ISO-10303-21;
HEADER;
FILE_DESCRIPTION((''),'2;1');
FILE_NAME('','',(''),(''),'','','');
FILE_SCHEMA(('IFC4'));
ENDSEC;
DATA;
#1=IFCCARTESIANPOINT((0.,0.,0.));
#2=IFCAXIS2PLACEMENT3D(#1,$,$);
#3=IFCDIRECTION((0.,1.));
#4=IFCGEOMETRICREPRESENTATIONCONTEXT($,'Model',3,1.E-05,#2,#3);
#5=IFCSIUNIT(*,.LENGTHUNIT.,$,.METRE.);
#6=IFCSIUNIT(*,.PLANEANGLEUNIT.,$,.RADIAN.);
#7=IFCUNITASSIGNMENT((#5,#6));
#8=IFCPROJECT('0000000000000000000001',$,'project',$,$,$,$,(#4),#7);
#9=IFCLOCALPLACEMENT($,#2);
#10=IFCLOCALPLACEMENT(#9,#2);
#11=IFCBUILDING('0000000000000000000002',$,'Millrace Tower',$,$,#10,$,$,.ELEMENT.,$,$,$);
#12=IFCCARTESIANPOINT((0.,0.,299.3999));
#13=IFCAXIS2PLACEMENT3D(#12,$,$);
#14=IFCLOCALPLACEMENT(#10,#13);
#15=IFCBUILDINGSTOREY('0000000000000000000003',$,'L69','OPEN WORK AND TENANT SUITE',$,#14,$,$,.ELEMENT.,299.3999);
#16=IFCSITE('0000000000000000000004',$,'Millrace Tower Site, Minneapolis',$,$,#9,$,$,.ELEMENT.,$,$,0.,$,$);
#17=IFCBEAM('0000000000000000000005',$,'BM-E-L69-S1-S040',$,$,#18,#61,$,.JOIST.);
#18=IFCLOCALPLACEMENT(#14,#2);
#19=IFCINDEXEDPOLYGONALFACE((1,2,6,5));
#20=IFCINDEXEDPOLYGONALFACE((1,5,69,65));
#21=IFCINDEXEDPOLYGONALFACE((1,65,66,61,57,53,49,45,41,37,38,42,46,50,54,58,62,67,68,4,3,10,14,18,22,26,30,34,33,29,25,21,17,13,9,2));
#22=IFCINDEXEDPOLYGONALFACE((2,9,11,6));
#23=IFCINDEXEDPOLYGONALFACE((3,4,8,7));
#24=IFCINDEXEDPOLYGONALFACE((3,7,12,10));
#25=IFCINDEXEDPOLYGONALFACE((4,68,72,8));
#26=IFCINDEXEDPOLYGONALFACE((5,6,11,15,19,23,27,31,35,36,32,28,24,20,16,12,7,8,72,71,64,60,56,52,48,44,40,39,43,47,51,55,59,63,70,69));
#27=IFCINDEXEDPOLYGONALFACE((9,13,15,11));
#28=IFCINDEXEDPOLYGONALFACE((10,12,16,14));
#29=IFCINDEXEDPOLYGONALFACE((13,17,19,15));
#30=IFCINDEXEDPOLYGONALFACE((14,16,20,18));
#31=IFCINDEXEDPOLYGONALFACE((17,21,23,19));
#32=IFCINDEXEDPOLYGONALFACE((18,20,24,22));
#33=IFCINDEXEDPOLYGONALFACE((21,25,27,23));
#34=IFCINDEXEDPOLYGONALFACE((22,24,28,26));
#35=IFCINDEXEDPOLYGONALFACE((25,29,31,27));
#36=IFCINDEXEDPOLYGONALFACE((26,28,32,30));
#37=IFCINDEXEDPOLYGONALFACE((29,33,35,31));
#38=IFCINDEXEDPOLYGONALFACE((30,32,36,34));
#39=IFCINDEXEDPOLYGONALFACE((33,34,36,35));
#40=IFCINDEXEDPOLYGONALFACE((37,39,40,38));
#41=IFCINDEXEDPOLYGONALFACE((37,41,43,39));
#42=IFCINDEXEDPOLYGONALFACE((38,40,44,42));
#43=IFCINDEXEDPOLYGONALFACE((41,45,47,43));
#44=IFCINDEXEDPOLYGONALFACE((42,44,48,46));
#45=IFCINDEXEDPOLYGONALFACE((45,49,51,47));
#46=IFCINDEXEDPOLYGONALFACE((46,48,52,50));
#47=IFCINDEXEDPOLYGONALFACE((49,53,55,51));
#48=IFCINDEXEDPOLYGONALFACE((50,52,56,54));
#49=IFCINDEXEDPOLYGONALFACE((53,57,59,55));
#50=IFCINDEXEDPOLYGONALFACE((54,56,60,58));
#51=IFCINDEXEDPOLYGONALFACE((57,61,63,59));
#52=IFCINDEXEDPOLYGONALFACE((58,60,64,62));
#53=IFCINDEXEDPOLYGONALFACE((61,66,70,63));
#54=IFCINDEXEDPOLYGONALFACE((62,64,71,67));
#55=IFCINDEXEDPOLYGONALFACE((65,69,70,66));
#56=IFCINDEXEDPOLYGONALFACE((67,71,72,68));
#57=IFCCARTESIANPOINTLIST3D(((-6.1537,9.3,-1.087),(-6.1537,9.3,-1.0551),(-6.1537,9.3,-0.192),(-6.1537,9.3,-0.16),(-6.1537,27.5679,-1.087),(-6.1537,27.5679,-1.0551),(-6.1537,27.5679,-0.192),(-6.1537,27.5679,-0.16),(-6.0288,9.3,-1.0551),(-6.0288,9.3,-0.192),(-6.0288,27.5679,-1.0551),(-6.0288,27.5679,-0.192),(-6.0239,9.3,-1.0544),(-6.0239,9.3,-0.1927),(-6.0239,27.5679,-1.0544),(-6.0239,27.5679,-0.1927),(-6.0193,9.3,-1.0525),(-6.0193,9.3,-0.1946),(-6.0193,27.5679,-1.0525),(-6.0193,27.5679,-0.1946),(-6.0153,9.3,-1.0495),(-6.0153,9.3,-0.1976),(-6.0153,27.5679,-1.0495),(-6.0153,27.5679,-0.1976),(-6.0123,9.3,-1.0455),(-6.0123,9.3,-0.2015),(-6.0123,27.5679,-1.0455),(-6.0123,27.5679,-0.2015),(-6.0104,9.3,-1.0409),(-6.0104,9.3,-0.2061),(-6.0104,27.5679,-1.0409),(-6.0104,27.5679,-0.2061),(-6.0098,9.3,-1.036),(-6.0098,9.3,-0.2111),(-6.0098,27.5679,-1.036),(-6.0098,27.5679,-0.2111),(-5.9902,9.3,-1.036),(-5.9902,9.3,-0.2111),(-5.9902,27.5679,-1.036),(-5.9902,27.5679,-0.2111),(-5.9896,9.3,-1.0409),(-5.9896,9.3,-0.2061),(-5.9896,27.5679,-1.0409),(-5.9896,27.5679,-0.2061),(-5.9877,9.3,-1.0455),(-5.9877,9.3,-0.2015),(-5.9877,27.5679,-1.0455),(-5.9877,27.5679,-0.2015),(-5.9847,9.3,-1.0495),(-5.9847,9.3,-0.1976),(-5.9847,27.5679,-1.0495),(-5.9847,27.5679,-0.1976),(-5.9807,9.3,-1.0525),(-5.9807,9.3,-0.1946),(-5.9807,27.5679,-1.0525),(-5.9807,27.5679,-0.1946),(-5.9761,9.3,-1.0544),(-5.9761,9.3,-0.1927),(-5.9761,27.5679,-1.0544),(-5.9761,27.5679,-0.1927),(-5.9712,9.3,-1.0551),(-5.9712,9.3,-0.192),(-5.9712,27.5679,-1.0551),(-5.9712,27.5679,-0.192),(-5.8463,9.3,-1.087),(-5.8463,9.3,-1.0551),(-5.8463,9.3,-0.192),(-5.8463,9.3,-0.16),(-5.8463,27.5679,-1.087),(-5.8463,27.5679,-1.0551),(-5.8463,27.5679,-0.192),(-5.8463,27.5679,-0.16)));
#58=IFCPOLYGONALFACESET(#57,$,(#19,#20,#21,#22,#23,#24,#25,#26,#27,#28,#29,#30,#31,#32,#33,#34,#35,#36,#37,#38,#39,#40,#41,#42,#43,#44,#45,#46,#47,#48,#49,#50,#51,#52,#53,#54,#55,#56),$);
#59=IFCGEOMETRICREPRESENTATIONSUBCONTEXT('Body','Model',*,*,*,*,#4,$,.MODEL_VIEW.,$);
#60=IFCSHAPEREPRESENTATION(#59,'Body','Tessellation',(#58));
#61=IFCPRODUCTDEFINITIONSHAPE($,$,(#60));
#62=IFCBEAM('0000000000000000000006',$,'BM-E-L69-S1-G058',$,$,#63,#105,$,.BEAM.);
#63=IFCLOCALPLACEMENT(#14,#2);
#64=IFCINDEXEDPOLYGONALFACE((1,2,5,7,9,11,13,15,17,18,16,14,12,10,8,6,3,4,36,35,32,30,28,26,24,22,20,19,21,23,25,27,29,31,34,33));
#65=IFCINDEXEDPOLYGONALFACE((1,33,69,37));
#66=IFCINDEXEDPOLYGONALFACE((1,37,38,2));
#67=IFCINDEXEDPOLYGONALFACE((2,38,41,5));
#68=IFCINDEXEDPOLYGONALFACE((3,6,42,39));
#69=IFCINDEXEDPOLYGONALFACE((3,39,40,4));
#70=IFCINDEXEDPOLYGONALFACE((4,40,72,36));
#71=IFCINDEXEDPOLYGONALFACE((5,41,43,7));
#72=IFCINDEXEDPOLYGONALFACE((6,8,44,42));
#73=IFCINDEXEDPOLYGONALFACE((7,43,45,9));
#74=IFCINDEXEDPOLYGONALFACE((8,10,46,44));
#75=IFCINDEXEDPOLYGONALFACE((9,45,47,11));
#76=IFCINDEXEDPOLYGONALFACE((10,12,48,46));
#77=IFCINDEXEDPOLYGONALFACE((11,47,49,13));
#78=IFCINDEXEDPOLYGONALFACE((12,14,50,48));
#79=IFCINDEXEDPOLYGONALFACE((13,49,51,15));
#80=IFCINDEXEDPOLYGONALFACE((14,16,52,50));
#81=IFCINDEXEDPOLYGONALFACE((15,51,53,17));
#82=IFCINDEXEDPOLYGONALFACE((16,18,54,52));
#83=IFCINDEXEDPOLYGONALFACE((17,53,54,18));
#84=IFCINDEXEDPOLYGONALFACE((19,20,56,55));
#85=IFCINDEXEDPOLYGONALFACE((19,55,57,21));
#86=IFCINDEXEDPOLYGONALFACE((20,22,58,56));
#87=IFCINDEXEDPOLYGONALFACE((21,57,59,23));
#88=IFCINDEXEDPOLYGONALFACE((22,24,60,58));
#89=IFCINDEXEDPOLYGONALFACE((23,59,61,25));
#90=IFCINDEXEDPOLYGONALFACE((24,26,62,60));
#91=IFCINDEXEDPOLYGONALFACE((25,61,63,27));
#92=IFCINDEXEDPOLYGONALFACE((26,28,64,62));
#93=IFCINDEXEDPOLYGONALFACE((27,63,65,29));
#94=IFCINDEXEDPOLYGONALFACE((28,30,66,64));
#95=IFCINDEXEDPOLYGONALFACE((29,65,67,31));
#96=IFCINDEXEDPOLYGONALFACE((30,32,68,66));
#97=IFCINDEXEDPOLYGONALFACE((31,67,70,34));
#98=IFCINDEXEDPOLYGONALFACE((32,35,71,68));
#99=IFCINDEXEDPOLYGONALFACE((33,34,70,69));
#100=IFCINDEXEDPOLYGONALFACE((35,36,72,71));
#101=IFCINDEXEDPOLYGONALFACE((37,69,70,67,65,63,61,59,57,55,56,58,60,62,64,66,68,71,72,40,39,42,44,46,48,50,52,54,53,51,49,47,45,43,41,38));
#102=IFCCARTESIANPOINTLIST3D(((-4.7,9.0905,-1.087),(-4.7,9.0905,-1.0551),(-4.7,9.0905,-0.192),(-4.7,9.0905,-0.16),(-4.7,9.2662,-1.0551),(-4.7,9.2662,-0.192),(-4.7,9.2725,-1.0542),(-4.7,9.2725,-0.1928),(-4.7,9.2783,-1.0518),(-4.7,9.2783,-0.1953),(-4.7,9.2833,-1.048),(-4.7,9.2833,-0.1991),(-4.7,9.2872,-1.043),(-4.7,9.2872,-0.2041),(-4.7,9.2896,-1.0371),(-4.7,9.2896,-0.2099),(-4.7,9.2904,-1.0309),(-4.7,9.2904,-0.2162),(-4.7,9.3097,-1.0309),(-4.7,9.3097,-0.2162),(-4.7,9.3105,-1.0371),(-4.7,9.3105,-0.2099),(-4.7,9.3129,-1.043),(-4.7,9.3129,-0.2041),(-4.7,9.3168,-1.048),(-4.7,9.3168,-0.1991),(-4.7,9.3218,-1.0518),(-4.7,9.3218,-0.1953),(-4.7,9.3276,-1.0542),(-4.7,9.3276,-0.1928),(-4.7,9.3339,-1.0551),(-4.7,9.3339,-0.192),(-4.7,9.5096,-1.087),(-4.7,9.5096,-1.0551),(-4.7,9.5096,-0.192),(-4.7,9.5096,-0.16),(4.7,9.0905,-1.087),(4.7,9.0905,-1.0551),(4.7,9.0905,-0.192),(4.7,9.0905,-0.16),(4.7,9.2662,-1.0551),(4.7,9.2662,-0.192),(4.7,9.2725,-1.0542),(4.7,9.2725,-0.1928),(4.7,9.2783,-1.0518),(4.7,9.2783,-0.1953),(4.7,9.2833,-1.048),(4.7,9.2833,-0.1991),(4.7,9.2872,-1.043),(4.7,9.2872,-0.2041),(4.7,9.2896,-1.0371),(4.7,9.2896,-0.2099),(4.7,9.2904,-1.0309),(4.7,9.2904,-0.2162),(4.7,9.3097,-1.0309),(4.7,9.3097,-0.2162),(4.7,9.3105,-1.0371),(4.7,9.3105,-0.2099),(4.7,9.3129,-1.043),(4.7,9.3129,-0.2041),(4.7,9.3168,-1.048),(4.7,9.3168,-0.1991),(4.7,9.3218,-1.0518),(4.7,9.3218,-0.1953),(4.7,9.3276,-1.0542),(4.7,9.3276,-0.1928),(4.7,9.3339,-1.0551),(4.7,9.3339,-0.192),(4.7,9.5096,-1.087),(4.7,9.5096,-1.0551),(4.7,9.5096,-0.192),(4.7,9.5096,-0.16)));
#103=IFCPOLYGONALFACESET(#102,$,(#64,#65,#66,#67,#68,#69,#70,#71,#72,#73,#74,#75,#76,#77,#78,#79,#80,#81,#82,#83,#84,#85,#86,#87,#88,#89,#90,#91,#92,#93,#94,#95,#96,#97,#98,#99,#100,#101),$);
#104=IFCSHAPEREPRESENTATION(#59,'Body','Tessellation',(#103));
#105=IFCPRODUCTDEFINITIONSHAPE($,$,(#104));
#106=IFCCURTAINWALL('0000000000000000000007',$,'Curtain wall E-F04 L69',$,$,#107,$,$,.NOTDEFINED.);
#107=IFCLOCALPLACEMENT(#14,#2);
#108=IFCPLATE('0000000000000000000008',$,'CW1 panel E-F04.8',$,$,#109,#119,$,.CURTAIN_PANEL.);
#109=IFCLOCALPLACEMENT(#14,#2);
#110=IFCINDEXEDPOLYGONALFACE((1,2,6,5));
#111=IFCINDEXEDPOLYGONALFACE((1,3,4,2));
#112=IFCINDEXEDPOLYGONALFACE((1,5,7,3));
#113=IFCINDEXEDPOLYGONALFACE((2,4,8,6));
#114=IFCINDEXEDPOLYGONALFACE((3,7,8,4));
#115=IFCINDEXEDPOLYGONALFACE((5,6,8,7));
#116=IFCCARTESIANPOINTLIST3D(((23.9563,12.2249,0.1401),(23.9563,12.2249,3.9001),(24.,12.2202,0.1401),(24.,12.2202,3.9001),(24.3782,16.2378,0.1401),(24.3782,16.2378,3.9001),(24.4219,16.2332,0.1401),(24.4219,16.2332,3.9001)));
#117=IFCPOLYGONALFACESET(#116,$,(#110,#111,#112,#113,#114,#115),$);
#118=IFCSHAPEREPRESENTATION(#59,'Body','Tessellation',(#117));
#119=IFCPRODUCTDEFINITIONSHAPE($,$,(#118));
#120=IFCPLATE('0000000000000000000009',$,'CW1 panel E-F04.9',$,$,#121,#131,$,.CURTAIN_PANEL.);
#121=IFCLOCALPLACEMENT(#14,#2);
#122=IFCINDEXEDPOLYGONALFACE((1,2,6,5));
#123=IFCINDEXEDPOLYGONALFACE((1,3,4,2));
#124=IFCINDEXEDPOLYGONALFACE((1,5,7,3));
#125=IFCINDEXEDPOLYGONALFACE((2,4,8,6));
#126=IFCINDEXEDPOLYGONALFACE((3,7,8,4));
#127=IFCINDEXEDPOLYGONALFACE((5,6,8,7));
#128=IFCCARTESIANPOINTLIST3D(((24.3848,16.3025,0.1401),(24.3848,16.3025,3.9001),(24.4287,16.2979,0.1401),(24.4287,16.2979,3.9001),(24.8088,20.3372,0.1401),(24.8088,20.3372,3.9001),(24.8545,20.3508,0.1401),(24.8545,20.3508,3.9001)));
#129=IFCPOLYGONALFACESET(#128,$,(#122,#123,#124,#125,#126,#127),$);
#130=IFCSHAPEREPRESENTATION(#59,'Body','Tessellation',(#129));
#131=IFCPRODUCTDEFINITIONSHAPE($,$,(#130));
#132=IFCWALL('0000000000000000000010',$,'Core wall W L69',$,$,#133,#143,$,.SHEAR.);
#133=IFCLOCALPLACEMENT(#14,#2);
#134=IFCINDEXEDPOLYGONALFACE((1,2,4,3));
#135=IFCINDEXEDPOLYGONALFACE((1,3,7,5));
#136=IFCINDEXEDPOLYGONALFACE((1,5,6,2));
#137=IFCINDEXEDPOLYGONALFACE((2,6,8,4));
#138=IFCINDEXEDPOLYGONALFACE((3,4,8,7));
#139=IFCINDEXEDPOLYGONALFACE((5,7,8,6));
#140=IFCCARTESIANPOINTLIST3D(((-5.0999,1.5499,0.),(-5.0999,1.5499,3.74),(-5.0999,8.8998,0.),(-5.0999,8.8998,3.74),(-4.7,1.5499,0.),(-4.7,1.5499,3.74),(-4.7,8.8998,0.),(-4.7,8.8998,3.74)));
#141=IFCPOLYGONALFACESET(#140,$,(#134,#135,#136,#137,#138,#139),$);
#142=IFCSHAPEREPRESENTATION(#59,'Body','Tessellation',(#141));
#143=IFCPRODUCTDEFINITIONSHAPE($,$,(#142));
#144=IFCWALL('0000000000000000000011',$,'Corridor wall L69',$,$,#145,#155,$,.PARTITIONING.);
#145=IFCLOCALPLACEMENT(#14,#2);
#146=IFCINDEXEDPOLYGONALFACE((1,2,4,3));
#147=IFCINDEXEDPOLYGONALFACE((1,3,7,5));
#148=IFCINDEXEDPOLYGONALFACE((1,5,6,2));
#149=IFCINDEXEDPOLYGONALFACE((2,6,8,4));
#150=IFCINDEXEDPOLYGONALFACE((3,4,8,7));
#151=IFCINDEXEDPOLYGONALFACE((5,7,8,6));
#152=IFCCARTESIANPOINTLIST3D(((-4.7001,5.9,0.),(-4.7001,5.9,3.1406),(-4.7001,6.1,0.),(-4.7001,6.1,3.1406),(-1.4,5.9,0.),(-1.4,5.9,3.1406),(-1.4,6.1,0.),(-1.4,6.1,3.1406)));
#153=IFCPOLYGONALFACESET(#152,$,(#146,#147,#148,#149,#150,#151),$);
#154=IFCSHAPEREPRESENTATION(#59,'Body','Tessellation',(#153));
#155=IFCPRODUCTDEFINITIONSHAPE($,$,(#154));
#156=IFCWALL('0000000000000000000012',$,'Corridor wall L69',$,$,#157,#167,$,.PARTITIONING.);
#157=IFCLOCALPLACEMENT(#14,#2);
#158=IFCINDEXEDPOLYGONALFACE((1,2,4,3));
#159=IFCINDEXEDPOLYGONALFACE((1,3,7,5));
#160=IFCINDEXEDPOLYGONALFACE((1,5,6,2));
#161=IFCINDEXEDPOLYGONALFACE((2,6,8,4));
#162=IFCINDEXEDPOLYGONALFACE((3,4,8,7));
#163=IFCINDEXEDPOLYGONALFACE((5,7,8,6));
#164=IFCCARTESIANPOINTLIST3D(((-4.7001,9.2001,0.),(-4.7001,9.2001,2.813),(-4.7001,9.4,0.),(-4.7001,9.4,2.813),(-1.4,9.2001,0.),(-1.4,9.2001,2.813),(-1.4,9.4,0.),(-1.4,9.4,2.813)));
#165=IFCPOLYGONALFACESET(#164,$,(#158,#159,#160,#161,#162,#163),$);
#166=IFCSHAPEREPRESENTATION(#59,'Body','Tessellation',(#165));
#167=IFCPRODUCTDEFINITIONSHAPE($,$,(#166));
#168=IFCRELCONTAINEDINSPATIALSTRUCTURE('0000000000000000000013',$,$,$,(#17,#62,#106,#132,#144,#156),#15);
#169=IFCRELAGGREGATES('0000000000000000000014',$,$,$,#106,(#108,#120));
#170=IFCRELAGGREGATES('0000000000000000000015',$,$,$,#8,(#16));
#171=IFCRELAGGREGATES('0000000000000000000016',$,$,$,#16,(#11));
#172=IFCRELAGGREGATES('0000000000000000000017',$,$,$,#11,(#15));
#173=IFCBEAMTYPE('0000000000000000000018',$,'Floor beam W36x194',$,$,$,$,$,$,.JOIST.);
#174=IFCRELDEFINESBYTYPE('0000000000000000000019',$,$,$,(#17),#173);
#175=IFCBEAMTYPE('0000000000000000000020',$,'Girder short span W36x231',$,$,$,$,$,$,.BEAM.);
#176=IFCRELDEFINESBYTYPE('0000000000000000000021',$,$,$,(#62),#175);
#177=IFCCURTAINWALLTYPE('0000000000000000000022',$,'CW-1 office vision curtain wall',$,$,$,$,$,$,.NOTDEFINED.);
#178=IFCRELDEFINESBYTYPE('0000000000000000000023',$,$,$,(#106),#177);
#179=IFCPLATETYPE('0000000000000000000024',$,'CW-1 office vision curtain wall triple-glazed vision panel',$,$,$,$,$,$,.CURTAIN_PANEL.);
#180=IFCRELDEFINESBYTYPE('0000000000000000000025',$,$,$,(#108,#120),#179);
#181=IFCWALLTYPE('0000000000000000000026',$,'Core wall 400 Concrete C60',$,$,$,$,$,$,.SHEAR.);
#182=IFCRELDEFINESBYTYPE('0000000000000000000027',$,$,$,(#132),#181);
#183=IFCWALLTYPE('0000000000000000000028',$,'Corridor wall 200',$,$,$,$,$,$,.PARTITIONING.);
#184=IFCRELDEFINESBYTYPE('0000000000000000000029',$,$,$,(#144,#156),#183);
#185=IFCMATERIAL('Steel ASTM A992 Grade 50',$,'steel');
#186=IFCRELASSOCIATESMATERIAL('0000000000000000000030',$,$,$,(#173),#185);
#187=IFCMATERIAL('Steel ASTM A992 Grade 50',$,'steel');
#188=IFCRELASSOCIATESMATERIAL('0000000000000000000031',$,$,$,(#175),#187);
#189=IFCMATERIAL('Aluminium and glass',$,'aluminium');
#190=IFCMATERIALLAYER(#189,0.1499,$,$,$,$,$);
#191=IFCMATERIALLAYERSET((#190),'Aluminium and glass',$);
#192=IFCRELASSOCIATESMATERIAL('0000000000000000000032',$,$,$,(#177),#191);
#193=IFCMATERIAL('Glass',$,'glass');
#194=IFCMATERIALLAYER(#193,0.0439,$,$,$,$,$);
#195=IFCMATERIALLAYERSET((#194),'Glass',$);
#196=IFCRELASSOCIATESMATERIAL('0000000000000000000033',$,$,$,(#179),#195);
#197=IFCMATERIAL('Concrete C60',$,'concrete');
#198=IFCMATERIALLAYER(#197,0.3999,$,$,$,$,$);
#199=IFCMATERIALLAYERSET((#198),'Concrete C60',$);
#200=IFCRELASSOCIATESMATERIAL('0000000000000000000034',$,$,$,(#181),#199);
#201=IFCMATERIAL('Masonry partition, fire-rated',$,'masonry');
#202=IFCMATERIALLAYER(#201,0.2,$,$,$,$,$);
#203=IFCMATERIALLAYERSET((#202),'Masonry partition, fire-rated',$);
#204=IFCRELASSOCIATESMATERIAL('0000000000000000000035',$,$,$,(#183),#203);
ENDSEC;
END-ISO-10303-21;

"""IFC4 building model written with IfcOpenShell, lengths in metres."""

from ifc_helpers import new_model, si_unit, direction, frame, frame_2d, origin, origin_2d, place, context, subcontext, project, spatial, polyline, rectangle, i_section, outline, extrude, material, layer, layer_set, material_profile, profile_set, type_object, element, aggregate, save


model = new_model("IFC4")

# Units and contexts
model_context = context("Model", 3, precision=1e-05, world=origin(), true_north=direction((0.0, 1.0)))
body_context = subcontext(model_context, "Body", "Model", "MODEL_VIEW")
ifc_project = project(units=[si_unit("LENGTHUNIT", "METRE"), si_unit("PLANEANGLEUNIT", "RADIAN")], contexts=[model_context])

# Site, building, storey
site_placement = place(None, origin())
site = spatial("IfcSite", under=ifc_project, at=site_placement, Name="Millrace Tower Site, Minneapolis", CompositionType="ELEMENT", RefElevation=0.0)
building_placement = place(site_placement, origin())
building = spatial("IfcBuilding", under=site, at=building_placement, Name="Millrace Tower", CompositionType="ELEMENT")
storey_placement = place(building_placement, frame((0.0, 0.0, 299.3999)))
storey = spatial("IfcBuildingStorey", under=building, at=storey_placement, Name="L69", Description="OPEN WORK AND TENANT SUITE", CompositionType="ELEMENT", Elevation=299.3999)

# Beams
ifc_material_1 = material(Name="Steel ASTM A992 Grade 50", Category="steel")
ifc_material_profile_1 = material_profile(ifc_material_1, i_section(OverallWidth=0.3074, OverallDepth=0.927, WebThickness=0.0195, FlangeThickness=0.032, FilletRadius=0.019, at=origin_2d()))
ifc_profile_set_1 = profile_set([ifc_material_profile_1], Name="Steel ASTM A992 Grade 50")
beam_type_1 = type_object("IfcBeamType", Name="Floor beam W36x194", PredefinedType="JOIST", material=ifc_profile_set_1)
beam_1_placement = place(storey_placement, frame((-6.0, 9.3, -0.6235), z_axis=(0.0, 1.0, 0.0), x_axis=(-1.0, 0.0, 0.0)))
element("IfcBeam", 1, at=beam_1_placement, inside=storey, type_object=beam_type_1, Name="BM-E-L69-S1-S040", PredefinedType="JOIST", context=body_context, shape_type="SweptSolid", body=[
    extrude(i_section(OverallWidth=0.3074, OverallDepth=0.927, WebThickness=0.0195, FlangeThickness=0.032, FilletRadius=0.019, at=origin_2d()), origin(), (0.0, 0.0, 1.0), 18.2678),
])
ifc_material_2 = material(Name="Steel ASTM A992 Grade 50", Category="steel")
ifc_material_profile_2 = material_profile(ifc_material_2, i_section(OverallWidth=0.4192, OverallDepth=0.927, WebThickness=0.0193, FlangeThickness=0.032, FilletRadius=0.0242, at=origin_2d()))
ifc_profile_set_2 = profile_set([ifc_material_profile_2], Name="Steel ASTM A992 Grade 50")
beam_type_2 = type_object("IfcBeamType", Name="Girder short span W36x231", PredefinedType="BEAM", material=ifc_profile_set_2)
beam_2_placement = place(storey_placement, frame((-4.7, 9.3, -0.6235), z_axis=(1.0, 0.0, 0.0), x_axis=(0.0, 1.0, 0.0)))
element("IfcBeam", 2, at=beam_2_placement, inside=storey, type_object=beam_type_2, Name="BM-E-L69-S1-G058", PredefinedType="BEAM", context=body_context, shape_type="SweptSolid", body=[
    extrude(i_section(OverallWidth=0.4192, OverallDepth=0.927, WebThickness=0.0193, FlangeThickness=0.032, FilletRadius=0.0242, at=origin_2d()), origin(), (0.0, 0.0, 1.0), 9.3999),
])

# Curtain wall, plates
ifc_material_3 = material(Name="Aluminium and glass", Category="aluminium")
ifc_layer_1 = layer(ifc_material_3, 0.1499)
ifc_layer_set_1 = layer_set([ifc_layer_1], Name="Aluminium and glass")
curtain_wall_type = type_object("IfcCurtainWallType", Name="CW-1 office vision curtain wall", PredefinedType="NOTDEFINED", material=ifc_layer_set_1)
placement_1 = place(storey_placement, origin())
curtain_wall = element("IfcCurtainWall", 3, at=placement_1, inside=storey, type_object=curtain_wall_type, Name="Curtain wall E-F04 L69", PredefinedType="NOTDEFINED")
ifc_material_4 = material(Name="Glass", Category="glass")
ifc_layer_2 = layer(ifc_material_4, 0.0439)
ifc_layer_set_2 = layer_set([ifc_layer_2], Name="Glass")
plate_type = type_object("IfcPlateType", Name="CW-1 office vision curtain wall triple-glazed vision panel", PredefinedType="CURTAIN_PANEL", material=ifc_layer_set_2)
placement_2 = place(storey_placement, frame((0.0, 0.0, 0.1401)))
plate_1 = element("IfcPlate", 4, at=placement_2, type_object=plate_type, Name="CW1 panel E-F04.8", PredefinedType="CURTAIN_PANEL", context=body_context, shape_type="SweptSolid", body=[
    extrude(outline(polyline([(24.0, 12.2202), (24.4219, 16.2332), (24.3782, 16.2378), (23.9563, 12.2249), (24.0, 12.2202)])), origin(), (0.0, 0.0, 1.0), 3.76),
])
plate_2 = element("IfcPlate", 5, at=placement_2, type_object=plate_type, Name="CW1 panel E-F04.9", PredefinedType="CURTAIN_PANEL", context=body_context, shape_type="SweptSolid", body=[
    extrude(outline(polyline([(24.4287, 16.2979), (24.8545, 20.3508), (24.8088, 20.3372), (24.3848, 16.3025), (24.4287, 16.2979)])), origin(), (0.0, 0.0, 1.0), 3.76),
])
aggregate(curtain_wall, [plate_1, plate_2])

# Walls
ifc_material_5 = material(Name="Concrete C60", Category="concrete")
ifc_layer_3 = layer(ifc_material_5, 0.3999)
ifc_layer_set_3 = layer_set([ifc_layer_3], Name="Concrete C60")
wall_type_1 = type_object("IfcWallType", Name="Core wall 400 Concrete C60", PredefinedType="SHEAR", material=ifc_layer_set_3)
wall_1_placement = place(storey_placement, frame((-4.8999, 1.55, 0.0), z_axis=(0.0, 0.0, 1.0), x_axis=(0.0, 1.0, 0.0)))
element("IfcWall", 6, at=wall_1_placement, inside=storey, type_object=wall_type_1, Name="Core wall W L69", PredefinedType="SHEAR", context=body_context, shape_type="SweptSolid", body=[
    extrude(rectangle(XDim=7.3499, YDim=0.3999, at=frame_2d((3.6748, 0.0))), origin(), (0.0, 0.0, 1.0), 3.74),
])
ifc_material_6 = material(Name="Masonry partition, fire-rated", Category="masonry")
ifc_layer_4 = layer(ifc_material_6, 0.2)
ifc_layer_set_4 = layer_set([ifc_layer_4], Name="Masonry partition, fire-rated")
wall_type_2 = type_object("IfcWallType", Name="Corridor wall 200", PredefinedType="PARTITIONING", material=ifc_layer_set_4)
wall_2_placement = place(storey_placement, frame((-4.7, 6.0, 0.0), z_axis=(0.0, 0.0, 1.0), x_axis=(1.0, 0.0, 0.0)))
element("IfcWall", 7, at=wall_2_placement, inside=storey, type_object=wall_type_2, Name="Corridor wall L69", PredefinedType="PARTITIONING", context=body_context, shape_type="SweptSolid", body=[
    extrude(rectangle(XDim=3.3, YDim=0.2, at=frame_2d((1.6499, 0.0))), origin(), (0.0, 0.0, 1.0), 3.1406),
])
wall_3_placement = place(storey_placement, frame((-4.7, 9.3, 0.0), z_axis=(0.0, 0.0, 1.0), x_axis=(1.0, 0.0, 0.0)))
element("IfcWall", 8, at=wall_3_placement, inside=storey, type_object=wall_type_2, Name="Corridor wall L69", PredefinedType="PARTITIONING", context=body_context, shape_type="SweptSolid", body=[
    extrude(rectangle(XDim=3.3, YDim=0.2, at=frame_2d((1.6499, 0.0))), origin(), (0.0, 0.0, 1.0), 2.813),
])

save(model, "model.ifc")
